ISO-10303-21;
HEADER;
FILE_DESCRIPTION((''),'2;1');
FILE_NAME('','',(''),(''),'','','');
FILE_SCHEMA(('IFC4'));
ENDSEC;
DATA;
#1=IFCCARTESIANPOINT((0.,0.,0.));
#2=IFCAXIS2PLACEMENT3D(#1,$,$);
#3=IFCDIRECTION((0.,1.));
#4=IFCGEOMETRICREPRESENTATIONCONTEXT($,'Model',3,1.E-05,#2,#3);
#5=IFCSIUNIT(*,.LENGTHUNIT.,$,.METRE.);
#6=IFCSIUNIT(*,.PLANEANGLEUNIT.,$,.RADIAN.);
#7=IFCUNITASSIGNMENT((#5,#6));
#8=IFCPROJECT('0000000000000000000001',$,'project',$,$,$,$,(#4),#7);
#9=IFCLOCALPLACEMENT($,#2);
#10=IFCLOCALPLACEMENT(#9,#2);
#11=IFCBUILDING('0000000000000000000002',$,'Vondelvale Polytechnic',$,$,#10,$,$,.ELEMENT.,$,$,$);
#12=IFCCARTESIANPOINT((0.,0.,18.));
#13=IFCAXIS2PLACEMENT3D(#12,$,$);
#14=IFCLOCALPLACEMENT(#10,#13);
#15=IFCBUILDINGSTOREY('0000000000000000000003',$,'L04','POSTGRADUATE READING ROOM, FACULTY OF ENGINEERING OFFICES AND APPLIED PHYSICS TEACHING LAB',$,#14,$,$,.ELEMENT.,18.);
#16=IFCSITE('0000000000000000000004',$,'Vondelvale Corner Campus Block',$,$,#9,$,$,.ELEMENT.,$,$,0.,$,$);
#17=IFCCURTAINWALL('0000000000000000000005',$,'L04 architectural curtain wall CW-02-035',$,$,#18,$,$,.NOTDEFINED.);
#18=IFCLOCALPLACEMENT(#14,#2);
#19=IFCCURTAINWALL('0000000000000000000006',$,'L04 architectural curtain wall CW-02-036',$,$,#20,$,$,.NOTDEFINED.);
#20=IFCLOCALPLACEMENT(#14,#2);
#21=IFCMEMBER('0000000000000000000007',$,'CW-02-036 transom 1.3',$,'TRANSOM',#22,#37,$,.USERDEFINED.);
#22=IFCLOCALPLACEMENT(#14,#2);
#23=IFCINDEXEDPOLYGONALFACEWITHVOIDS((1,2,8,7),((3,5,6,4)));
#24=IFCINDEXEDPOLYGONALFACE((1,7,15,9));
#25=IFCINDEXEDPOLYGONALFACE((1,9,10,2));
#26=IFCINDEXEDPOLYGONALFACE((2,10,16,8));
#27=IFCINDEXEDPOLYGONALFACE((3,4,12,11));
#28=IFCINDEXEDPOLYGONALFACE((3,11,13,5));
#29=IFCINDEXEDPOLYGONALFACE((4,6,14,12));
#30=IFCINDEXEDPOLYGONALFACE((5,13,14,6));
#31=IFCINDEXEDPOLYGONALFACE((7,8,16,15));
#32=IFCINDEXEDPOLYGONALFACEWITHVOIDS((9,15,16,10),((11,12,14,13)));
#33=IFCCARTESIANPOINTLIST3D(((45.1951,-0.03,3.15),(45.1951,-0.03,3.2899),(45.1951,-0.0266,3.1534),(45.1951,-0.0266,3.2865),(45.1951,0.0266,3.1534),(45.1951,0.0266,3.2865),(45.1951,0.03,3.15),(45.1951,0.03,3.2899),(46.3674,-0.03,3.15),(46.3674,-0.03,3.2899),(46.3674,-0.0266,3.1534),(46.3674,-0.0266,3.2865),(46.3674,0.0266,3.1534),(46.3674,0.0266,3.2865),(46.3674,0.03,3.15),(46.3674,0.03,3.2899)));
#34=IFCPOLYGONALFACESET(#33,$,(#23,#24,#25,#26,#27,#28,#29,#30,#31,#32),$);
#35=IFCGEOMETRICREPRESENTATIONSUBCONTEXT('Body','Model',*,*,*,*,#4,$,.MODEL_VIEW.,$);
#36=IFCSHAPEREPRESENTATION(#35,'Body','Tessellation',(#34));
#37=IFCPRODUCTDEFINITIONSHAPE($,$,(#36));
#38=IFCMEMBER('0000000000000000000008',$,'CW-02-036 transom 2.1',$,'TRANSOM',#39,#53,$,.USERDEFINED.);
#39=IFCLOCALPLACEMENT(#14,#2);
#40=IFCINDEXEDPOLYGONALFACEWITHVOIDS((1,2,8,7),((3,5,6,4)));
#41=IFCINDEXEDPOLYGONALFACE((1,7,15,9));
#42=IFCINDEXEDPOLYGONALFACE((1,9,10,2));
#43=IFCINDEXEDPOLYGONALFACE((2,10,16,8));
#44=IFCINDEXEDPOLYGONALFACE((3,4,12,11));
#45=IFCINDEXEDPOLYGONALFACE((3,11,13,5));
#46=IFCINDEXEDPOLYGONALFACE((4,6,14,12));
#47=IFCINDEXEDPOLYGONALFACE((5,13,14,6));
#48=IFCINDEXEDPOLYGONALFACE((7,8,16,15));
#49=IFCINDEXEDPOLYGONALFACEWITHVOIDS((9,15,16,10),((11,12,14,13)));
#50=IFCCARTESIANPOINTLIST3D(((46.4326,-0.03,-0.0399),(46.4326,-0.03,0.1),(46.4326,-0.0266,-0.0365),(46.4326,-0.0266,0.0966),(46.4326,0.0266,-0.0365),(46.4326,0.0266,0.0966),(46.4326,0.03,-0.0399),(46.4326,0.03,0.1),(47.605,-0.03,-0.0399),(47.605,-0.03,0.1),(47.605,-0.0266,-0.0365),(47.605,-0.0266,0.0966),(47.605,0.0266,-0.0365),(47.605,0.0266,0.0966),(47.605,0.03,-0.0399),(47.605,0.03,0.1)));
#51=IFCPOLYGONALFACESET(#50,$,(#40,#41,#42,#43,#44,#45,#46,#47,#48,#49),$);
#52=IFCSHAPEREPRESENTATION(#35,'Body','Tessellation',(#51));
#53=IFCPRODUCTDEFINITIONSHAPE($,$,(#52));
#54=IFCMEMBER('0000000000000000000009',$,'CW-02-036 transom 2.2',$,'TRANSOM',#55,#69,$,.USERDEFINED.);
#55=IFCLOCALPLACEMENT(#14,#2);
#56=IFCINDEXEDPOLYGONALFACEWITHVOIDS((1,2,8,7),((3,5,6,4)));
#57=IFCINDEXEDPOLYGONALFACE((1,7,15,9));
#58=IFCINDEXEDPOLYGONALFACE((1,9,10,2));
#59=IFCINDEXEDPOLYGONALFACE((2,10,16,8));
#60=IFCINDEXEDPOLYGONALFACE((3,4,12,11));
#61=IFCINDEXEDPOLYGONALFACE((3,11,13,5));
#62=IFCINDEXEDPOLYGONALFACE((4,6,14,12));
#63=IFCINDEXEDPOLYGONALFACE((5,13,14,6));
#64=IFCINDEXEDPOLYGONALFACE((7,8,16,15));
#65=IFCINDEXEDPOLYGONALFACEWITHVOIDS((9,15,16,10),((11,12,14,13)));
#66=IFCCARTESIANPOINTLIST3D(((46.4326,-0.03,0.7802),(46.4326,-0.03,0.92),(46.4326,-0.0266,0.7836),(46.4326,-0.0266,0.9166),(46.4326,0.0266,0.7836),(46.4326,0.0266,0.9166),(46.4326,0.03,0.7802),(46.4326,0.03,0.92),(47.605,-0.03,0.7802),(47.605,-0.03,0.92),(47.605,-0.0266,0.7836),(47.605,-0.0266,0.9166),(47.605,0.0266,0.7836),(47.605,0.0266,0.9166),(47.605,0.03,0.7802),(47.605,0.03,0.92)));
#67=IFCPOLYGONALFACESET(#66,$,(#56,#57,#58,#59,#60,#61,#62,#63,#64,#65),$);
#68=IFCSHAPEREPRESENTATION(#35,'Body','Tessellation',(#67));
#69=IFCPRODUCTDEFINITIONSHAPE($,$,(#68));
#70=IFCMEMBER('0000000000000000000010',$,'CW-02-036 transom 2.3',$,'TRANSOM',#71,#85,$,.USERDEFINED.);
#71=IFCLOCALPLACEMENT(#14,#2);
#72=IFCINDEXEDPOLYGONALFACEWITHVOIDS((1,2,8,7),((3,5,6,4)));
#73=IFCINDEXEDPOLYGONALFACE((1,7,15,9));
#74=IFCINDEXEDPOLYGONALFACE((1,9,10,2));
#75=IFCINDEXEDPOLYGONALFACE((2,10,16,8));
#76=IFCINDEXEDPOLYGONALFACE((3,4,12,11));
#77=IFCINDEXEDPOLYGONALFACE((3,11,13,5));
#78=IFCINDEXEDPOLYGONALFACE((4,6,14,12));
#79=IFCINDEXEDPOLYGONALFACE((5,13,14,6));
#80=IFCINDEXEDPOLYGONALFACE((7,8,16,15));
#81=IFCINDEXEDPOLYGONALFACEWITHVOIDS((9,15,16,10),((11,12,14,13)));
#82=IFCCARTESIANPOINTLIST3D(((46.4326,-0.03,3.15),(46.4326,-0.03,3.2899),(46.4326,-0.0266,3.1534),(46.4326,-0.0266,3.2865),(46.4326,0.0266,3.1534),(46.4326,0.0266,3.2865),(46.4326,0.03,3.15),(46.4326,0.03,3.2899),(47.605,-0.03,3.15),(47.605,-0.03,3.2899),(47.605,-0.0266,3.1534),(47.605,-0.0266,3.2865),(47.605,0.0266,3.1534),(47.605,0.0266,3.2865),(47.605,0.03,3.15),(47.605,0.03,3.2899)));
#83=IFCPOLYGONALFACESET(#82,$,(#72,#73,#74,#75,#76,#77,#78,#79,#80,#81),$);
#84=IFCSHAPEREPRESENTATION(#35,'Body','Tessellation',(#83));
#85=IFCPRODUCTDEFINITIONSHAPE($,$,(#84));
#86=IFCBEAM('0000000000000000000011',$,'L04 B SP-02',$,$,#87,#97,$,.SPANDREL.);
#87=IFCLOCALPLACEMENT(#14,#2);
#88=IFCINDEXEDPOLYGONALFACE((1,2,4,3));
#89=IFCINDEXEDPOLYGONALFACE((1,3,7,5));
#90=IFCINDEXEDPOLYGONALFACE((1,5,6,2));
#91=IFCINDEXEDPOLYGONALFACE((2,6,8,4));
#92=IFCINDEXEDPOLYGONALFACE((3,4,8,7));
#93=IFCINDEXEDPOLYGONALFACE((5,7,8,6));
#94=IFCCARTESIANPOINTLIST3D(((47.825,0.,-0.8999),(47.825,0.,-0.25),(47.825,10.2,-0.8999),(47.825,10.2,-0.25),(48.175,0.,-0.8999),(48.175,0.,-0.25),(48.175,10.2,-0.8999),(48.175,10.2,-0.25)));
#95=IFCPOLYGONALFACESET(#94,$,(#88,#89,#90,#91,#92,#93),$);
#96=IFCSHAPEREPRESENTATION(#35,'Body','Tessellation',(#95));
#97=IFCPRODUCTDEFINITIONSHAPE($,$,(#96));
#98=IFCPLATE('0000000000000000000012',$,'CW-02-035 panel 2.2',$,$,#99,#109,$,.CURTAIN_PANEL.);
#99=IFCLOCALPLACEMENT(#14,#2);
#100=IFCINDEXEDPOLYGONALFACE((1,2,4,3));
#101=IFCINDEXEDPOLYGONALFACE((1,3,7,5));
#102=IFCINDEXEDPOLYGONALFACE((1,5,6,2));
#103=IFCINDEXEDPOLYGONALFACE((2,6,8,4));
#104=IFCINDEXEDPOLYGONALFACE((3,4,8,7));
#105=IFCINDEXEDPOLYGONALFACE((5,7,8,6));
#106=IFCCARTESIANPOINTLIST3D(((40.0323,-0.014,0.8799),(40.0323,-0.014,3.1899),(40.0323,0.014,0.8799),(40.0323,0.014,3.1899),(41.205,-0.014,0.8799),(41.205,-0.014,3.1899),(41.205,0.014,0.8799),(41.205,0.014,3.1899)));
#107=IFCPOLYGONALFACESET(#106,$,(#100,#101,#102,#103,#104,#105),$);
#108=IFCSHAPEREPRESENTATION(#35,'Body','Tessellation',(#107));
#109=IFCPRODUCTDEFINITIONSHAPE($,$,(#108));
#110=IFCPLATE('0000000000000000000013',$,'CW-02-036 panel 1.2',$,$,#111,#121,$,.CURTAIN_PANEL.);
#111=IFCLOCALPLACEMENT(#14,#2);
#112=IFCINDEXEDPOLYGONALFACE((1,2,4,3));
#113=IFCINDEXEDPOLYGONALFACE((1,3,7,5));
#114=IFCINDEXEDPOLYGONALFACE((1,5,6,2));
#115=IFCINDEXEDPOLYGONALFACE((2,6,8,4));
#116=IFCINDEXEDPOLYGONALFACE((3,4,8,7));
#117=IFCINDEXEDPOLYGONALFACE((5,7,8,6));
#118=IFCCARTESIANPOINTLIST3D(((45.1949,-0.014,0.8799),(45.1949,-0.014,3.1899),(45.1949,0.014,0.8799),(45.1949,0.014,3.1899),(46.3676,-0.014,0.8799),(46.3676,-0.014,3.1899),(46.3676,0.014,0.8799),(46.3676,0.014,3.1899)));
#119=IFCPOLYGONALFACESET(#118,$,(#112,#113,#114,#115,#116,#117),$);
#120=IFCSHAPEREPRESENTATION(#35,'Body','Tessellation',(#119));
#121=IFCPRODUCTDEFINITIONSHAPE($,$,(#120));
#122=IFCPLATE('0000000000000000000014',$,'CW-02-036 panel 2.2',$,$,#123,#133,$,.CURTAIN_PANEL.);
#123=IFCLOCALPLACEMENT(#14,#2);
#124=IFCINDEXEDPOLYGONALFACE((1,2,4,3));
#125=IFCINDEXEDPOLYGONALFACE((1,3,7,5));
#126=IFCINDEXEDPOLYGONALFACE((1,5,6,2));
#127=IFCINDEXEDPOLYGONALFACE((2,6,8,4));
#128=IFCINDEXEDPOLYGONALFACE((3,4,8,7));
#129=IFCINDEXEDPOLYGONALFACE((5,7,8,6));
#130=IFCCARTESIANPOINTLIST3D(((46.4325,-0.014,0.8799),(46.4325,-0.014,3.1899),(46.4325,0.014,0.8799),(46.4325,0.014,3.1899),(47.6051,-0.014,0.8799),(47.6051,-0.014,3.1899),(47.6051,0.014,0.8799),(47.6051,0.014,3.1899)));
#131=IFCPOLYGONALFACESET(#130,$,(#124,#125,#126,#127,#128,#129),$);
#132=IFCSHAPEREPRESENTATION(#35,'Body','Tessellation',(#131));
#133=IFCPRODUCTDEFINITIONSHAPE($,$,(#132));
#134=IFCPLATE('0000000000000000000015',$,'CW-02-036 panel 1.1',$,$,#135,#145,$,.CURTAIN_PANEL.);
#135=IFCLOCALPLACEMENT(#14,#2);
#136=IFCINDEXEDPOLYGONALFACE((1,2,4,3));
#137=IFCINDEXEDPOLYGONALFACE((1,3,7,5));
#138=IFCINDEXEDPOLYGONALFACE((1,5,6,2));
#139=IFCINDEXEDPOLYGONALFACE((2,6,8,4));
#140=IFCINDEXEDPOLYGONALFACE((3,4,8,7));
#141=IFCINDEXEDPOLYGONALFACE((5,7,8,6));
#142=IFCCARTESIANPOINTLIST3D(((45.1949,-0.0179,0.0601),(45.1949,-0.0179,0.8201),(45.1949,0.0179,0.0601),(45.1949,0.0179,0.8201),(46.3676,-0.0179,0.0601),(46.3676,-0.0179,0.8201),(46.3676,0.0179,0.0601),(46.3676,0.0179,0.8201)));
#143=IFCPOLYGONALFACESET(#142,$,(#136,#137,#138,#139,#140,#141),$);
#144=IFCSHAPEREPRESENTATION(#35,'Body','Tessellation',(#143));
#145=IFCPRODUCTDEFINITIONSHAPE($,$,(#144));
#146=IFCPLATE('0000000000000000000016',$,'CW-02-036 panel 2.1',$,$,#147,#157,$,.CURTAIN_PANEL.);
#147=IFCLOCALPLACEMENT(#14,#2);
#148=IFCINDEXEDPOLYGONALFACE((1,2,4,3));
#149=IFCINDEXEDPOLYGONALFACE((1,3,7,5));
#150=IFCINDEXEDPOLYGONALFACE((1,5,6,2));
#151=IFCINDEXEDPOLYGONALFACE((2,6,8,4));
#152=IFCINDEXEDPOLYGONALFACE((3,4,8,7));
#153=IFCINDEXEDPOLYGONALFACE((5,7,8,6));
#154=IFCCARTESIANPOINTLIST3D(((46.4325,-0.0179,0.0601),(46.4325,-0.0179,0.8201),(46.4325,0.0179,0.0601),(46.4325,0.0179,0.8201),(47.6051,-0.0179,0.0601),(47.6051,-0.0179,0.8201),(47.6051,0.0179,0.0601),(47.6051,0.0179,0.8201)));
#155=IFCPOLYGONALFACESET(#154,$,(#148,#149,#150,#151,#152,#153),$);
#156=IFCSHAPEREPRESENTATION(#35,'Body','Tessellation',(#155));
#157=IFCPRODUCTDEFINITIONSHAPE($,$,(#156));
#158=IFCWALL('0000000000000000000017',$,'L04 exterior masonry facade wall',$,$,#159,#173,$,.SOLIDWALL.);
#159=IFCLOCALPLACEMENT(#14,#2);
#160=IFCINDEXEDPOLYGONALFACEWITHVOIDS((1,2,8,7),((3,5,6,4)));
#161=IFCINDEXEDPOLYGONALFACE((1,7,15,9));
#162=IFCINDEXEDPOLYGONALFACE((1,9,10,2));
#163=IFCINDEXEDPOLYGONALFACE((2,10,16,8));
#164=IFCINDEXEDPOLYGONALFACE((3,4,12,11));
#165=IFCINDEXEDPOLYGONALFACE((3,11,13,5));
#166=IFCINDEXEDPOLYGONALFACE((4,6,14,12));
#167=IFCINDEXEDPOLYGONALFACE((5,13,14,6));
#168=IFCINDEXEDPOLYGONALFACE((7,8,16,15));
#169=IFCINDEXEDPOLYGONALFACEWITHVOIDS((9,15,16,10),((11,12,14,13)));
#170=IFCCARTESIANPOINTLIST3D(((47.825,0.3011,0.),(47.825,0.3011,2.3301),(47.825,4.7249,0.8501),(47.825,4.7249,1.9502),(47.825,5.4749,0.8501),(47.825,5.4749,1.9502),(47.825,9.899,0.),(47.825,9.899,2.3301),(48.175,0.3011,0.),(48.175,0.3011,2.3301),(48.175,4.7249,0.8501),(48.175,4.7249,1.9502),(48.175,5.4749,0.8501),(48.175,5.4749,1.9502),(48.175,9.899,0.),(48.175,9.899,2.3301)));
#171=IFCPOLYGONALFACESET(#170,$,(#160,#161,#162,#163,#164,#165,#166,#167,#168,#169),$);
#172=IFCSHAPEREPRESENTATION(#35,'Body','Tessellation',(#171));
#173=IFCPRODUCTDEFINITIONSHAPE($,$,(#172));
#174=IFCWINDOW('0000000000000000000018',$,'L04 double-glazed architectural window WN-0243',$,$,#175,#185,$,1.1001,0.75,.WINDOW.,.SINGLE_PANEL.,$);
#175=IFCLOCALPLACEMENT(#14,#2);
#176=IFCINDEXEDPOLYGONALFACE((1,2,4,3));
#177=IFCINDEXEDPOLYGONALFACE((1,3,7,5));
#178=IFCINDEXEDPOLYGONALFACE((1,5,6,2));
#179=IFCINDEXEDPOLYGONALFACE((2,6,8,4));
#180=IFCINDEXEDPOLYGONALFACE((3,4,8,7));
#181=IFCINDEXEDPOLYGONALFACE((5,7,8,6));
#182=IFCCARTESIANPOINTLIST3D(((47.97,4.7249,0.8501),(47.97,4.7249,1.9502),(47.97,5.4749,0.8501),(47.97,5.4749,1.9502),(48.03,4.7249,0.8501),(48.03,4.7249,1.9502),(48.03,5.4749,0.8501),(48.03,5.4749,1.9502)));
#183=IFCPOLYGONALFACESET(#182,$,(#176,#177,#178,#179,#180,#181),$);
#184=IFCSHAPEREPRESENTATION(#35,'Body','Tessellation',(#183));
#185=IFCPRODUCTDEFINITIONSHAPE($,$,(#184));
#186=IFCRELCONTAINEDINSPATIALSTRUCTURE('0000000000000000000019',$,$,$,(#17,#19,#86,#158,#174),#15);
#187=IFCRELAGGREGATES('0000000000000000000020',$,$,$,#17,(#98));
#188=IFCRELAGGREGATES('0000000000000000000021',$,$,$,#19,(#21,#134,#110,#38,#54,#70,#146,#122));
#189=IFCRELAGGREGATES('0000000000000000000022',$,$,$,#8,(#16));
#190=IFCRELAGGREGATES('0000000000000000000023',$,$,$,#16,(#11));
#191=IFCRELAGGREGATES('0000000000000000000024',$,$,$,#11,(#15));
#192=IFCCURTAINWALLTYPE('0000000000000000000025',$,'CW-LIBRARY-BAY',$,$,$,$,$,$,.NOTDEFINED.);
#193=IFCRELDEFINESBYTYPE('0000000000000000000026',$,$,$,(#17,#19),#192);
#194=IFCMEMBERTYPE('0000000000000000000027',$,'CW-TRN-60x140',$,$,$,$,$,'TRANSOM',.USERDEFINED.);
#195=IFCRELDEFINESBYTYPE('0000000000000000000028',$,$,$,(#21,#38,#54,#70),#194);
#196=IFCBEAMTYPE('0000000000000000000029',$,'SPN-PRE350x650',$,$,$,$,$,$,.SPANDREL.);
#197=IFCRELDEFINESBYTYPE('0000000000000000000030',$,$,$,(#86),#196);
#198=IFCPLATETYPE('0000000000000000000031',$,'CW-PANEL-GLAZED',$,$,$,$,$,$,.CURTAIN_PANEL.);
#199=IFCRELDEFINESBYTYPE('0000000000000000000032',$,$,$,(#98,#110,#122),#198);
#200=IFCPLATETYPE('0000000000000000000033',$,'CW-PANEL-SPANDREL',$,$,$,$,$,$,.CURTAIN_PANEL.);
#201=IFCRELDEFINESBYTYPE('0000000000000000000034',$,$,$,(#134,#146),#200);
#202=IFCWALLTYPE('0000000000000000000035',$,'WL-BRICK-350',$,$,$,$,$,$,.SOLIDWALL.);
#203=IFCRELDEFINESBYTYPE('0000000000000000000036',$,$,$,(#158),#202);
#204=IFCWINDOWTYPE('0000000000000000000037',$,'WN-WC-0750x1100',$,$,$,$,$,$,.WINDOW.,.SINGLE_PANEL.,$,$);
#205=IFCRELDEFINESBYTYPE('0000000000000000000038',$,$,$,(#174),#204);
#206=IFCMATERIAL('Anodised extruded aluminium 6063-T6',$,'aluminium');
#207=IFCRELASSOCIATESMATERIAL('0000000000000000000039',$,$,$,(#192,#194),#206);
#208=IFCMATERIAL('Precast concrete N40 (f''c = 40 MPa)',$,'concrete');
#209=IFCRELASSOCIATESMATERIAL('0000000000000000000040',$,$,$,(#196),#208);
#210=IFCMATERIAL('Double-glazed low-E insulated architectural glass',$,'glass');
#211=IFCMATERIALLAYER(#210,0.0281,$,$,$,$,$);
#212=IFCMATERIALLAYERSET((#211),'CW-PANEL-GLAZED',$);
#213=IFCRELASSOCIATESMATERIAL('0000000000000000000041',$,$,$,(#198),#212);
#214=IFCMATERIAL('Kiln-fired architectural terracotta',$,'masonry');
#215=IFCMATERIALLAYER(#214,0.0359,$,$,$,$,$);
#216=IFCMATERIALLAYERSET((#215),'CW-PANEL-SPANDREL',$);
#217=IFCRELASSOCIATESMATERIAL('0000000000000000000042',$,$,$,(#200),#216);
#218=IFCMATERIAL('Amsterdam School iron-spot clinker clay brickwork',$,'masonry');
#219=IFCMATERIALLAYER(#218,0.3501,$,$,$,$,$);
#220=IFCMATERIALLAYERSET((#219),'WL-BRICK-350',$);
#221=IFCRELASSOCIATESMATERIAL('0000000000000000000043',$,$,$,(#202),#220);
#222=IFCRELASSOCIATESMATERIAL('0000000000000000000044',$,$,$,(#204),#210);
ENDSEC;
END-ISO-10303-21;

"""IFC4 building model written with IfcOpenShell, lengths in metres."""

from ifc_helpers import new_model, si_unit, direction, frame, frame_2d, origin, origin_2d, place, context, subcontext, project, spatial, rectangle, hollow_rectangle, extrude, material, layer, layer_set, material_profile, profile_set, type_object, element, fill, aggregate, save


model = new_model("IFC4")

# Units and contexts
model_context = context("Model", 3, precision=1e-05, world=origin(), true_north=direction((0.0, 1.0)))
body_context = subcontext(model_context, "Body", "Model", "MODEL_VIEW")
ifc_project = project(units=[si_unit("LENGTHUNIT", "METRE"), si_unit("PLANEANGLEUNIT", "RADIAN")], contexts=[model_context])

# Site, building, storey
site_placement = place(None, origin())
site = spatial("IfcSite", under=ifc_project, at=site_placement, Name="Vondelvale Corner Campus Block", CompositionType="ELEMENT", RefElevation=0.0)
building_placement = place(site_placement, origin())
building = spatial("IfcBuilding", under=site, at=building_placement, Name="Vondelvale Polytechnic", CompositionType="ELEMENT")
storey_placement = place(building_placement, frame((0.0, 0.0, 18.0)))
storey = spatial("IfcBuildingStorey", under=building, at=storey_placement, Name="L04", Description="POSTGRADUATE READING ROOM, FACULTY OF ENGINEERING OFFICES AND APPLIED PHYSICS TEACHING LAB", CompositionType="ELEMENT", Elevation=18.0)

# Curtain wall
ifc_material_1 = material(Name="Anodised extruded aluminium 6063-T6", Category="aluminium")
curtain_wall_type = type_object("IfcCurtainWallType", Name="CW-LIBRARY-BAY", PredefinedType="NOTDEFINED", material=ifc_material_1)
curtain_wall_1_placement = place(storey_placement, origin())
curtain_wall_1 = element("IfcCurtainWall", 1, at=curtain_wall_1_placement, inside=storey, type_object=curtain_wall_type, Name="L04 architectural curtain wall CW-02-035", PredefinedType="NOTDEFINED")

# Curtain wall, members
curtain_wall_2_placement = place(storey_placement, origin())
curtain_wall_2 = element("IfcCurtainWall", 2, at=curtain_wall_2_placement, inside=storey, type_object=curtain_wall_type, Name="L04 architectural curtain wall CW-02-036", PredefinedType="NOTDEFINED")
ifc_material_profile_1 = material_profile(ifc_material_1, hollow_rectangle(XDim=0.0601, YDim=0.1399, WallThickness=0.0034, at=origin_2d()), Name="CW-TRN-140x60")
ifc_profile_set_1 = profile_set([ifc_material_profile_1], Name="Anodised extruded aluminium 6063-T6")
member_type_1 = type_object("IfcMemberType", Name="CW-TRN-60x140", ElementType="TRANSOM", PredefinedType="USERDEFINED", material=ifc_profile_set_1)
member_1_placement = place(storey_placement, frame((45.1951, 0.0, 3.22), z_axis=(1.0, 0.0, 0.0), x_axis=(0.0, 1.0, 0.0)))
member_1 = element("IfcMember", 3, at=member_1_placement, type_object=member_type_1, Name="CW-02-036 transom 1.3", ObjectType="TRANSOM", PredefinedType="USERDEFINED", context=body_context, shape_type="SweptSolid", body=[
    extrude(hollow_rectangle(XDim=0.0601, YDim=0.1399, WallThickness=0.0034, at=origin_2d()), origin(), (0.0, 0.0, 1.0), 1.1724),
])
member_2_placement = place(storey_placement, frame((46.4326, 0.0, 0.03), z_axis=(1.0, 0.0, 0.0), x_axis=(0.0, 1.0, 0.0)))
member_2 = element("IfcMember", 4, at=member_2_placement, type_object=member_type_1, Name="CW-02-036 transom 2.1", ObjectType="TRANSOM", PredefinedType="USERDEFINED", context=body_context, shape_type="SweptSolid", body=[
    extrude(hollow_rectangle(XDim=0.0601, YDim=0.1399, WallThickness=0.0034, at=origin_2d()), origin(), (0.0, 0.0, 1.0), 1.1724),
])
member_3_placement = place(storey_placement, frame((46.4326, 0.0, 0.8501), z_axis=(1.0, 0.0, 0.0), x_axis=(0.0, 1.0, 0.0)))
member_3 = element("IfcMember", 5, at=member_3_placement, type_object=member_type_1, Name="CW-02-036 transom 2.2", ObjectType="TRANSOM", PredefinedType="USERDEFINED", context=body_context, shape_type="SweptSolid", body=[
    extrude(hollow_rectangle(XDim=0.0601, YDim=0.1399, WallThickness=0.0034, at=origin_2d()), origin(), (0.0, 0.0, 1.0), 1.1724),
])
member_4_placement = place(storey_placement, frame((46.4326, 0.0, 3.22), z_axis=(1.0, 0.0, 0.0), x_axis=(0.0, 1.0, 0.0)))
member_4 = element("IfcMember", 6, at=member_4_placement, type_object=member_type_1, Name="CW-02-036 transom 2.3", ObjectType="TRANSOM", PredefinedType="USERDEFINED", context=body_context, shape_type="SweptSolid", body=[
    extrude(hollow_rectangle(XDim=0.0601, YDim=0.1399, WallThickness=0.0034, at=origin_2d()), origin(), (0.0, 0.0, 1.0), 1.1724),
])

# Beam
ifc_material_2 = material(Name="Precast concrete N40 (f'c = 40 MPa)", Category="concrete")
ifc_material_profile_2 = material_profile(ifc_material_2, rectangle(XDim=0.3501, YDim=0.6499, at=origin_2d()), Name="RC-SPN-350x650")
ifc_profile_set_2 = profile_set([ifc_material_profile_2], Name="Precast concrete N40 (f'c = 40 MPa)")
beam_type = type_object("IfcBeamType", Name="SPN-PRE350x650", PredefinedType="SPANDREL", material=ifc_profile_set_2)
beam_placement = place(storey_placement, frame((48.0, 0.0, -0.575), z_axis=(0.0, 1.0, 0.0), x_axis=(-1.0, 0.0, 0.0)))
element("IfcBeam", 7, at=beam_placement, inside=storey, type_object=beam_type, Name="L04 B SP-02", PredefinedType="SPANDREL", context=body_context, shape_type="SweptSolid", body=[
    extrude(rectangle(XDim=0.3501, YDim=0.6499, at=origin_2d()), origin(), (0.0, 0.0, 1.0), 10.2),
])

# Plates
ifc_material_3 = material(Name="Double-glazed low-E insulated architectural glass", Category="glass")
ifc_layer_1 = layer(ifc_material_3, 0.0281)
ifc_layer_set_1 = layer_set([ifc_layer_1], Name="CW-PANEL-GLAZED")
plate_type_1 = type_object("IfcPlateType", Name="CW-PANEL-GLAZED", PredefinedType="CURTAIN_PANEL", material=ifc_layer_set_1)
plate_1_placement = place(storey_placement, frame((40.6187, 0.0, 0.8799), z_axis=(0.0, 0.0, 1.0), x_axis=(1.0, 0.0, 0.0)))
plate_1 = element("IfcPlate", 8, at=plate_1_placement, type_object=plate_type_1, Name="CW-02-035 panel 2.2", PredefinedType="CURTAIN_PANEL", context=body_context, shape_type="SweptSolid", body=[
    extrude(rectangle(XDim=1.1726, YDim=0.0281, at=origin_2d()), origin(), (0.0, 0.0, 1.0), 2.3101),
])
aggregate(curtain_wall_1, [plate_1])
plate_2_placement = place(storey_placement, frame((45.7812, 0.0, 0.8799), z_axis=(0.0, 0.0, 1.0), x_axis=(1.0, 0.0, 0.0)))
plate_2 = element("IfcPlate", 9, at=plate_2_placement, type_object=plate_type_1, Name="CW-02-036 panel 1.2", PredefinedType="CURTAIN_PANEL", context=body_context, shape_type="SweptSolid", body=[
    extrude(rectangle(XDim=1.1726, YDim=0.0281, at=origin_2d()), origin(), (0.0, 0.0, 1.0), 2.3101),
])
plate_3_placement = place(storey_placement, frame((47.0188, 0.0, 0.8799), z_axis=(0.0, 0.0, 1.0), x_axis=(1.0, 0.0, 0.0)))
plate_3 = element("IfcPlate", 10, at=plate_3_placement, type_object=plate_type_1, Name="CW-02-036 panel 2.2", PredefinedType="CURTAIN_PANEL", context=body_context, shape_type="SweptSolid", body=[
    extrude(rectangle(XDim=1.1726, YDim=0.0281, at=origin_2d()), origin(), (0.0, 0.0, 1.0), 2.3101),
])
ifc_material_4 = material(Name="Kiln-fired architectural terracotta", Category="masonry")
ifc_layer_2 = layer(ifc_material_4, 0.0359)
ifc_layer_set_2 = layer_set([ifc_layer_2], Name="CW-PANEL-SPANDREL")
plate_type_2 = type_object("IfcPlateType", Name="CW-PANEL-SPANDREL", PredefinedType="CURTAIN_PANEL", material=ifc_layer_set_2)
plate_4_placement = place(storey_placement, frame((45.7812, 0.0, 0.0601), z_axis=(0.0, 0.0, 1.0), x_axis=(1.0, 0.0, 0.0)))
plate_4 = element("IfcPlate", 11, at=plate_4_placement, type_object=plate_type_2, Name="CW-02-036 panel 1.1", PredefinedType="CURTAIN_PANEL", context=body_context, shape_type="SweptSolid", body=[
    extrude(rectangle(XDim=1.1726, YDim=0.0359, at=origin_2d()), origin(), (0.0, 0.0, 1.0), 0.76),
])
plate_5_placement = place(storey_placement, frame((47.0188, 0.0, 0.0601), z_axis=(0.0, 0.0, 1.0), x_axis=(1.0, 0.0, 0.0)))
plate_5 = element("IfcPlate", 12, at=plate_5_placement, type_object=plate_type_2, Name="CW-02-036 panel 2.1", PredefinedType="CURTAIN_PANEL", context=body_context, shape_type="SweptSolid", body=[
    extrude(rectangle(XDim=1.1726, YDim=0.0359, at=origin_2d()), origin(), (0.0, 0.0, 1.0), 0.76),
])
aggregate(curtain_wall_2, [member_1, plate_4, plate_2, member_2, member_3, member_4, plate_5, plate_3])

# Wall, opening, window
ifc_material_5 = material(Name="Amsterdam School iron-spot clinker clay brickwork", Category="masonry")
ifc_layer_3 = layer(ifc_material_5, 0.3501)
ifc_layer_set_3 = layer_set([ifc_layer_3], Name="WL-BRICK-350")
wall_type = type_object("IfcWallType", Name="WL-BRICK-350", PredefinedType="SOLIDWALL", material=ifc_layer_set_3)
wall_placement = place(storey_placement, frame((48.0, 9.8989, 0.0), z_axis=(0.0, 0.0, 1.0), x_axis=(0.0, -1.0, 0.0)))
wall = element("IfcWall", 13, at=wall_placement, inside=storey, type_object=wall_type, Name="L04 exterior masonry facade wall", PredefinedType="SOLIDWALL", context=body_context, shape_type="SweptSolid", body=[
    extrude(rectangle(XDim=9.5979, YDim=0.3501, at=frame_2d((4.7988, 0.0))), origin(), (0.0, 0.0, 1.0), 2.3301),
])
opening_placement = place(wall_placement, frame((4.4241, 0.0, 0.8501)))
opening = element("IfcOpeningElement", 14, at=opening_placement, cuts=wall, PredefinedType="OPENING", context=body_context, shape_type="SweptSolid", body=[
    extrude(rectangle(XDim=0.75, YDim=1.1001, at=frame_2d((0.375, 0.55))), frame((0.0, 0.1851, 0.0), z_axis=(0.0, -1.0, 0.0), x_axis=(1.0, 0.0, 0.0)), (0.0, 0.0, 1.0), 0.3701),
])
window_type = type_object("IfcWindowType", Name="WN-WC-0750x1100", PartitioningType="SINGLE_PANEL", PredefinedType="WINDOW", material=ifc_material_3)
window_placement = place(opening_placement, origin())
window = element("IfcWindow", 15, at=window_placement, inside=storey, type_object=window_type, Name="L04 double-glazed architectural window WN-0243", OverallHeight=1.1001, OverallWidth=0.75, PartitioningType="SINGLE_PANEL", PredefinedType="WINDOW", context=body_context, shape_type="SweptSolid", body=[
    extrude(rectangle(XDim=0.75, YDim=1.1001, at=frame_2d((0.375, 0.55))), frame((0.0, 0.03, 0.0), z_axis=(0.0, -1.0, 0.0), x_axis=(1.0, 0.0, 0.0)), (0.0, 0.0, 1.0), 0.0601),
])
fill(opening, window)

save(model, "model.ifc")
